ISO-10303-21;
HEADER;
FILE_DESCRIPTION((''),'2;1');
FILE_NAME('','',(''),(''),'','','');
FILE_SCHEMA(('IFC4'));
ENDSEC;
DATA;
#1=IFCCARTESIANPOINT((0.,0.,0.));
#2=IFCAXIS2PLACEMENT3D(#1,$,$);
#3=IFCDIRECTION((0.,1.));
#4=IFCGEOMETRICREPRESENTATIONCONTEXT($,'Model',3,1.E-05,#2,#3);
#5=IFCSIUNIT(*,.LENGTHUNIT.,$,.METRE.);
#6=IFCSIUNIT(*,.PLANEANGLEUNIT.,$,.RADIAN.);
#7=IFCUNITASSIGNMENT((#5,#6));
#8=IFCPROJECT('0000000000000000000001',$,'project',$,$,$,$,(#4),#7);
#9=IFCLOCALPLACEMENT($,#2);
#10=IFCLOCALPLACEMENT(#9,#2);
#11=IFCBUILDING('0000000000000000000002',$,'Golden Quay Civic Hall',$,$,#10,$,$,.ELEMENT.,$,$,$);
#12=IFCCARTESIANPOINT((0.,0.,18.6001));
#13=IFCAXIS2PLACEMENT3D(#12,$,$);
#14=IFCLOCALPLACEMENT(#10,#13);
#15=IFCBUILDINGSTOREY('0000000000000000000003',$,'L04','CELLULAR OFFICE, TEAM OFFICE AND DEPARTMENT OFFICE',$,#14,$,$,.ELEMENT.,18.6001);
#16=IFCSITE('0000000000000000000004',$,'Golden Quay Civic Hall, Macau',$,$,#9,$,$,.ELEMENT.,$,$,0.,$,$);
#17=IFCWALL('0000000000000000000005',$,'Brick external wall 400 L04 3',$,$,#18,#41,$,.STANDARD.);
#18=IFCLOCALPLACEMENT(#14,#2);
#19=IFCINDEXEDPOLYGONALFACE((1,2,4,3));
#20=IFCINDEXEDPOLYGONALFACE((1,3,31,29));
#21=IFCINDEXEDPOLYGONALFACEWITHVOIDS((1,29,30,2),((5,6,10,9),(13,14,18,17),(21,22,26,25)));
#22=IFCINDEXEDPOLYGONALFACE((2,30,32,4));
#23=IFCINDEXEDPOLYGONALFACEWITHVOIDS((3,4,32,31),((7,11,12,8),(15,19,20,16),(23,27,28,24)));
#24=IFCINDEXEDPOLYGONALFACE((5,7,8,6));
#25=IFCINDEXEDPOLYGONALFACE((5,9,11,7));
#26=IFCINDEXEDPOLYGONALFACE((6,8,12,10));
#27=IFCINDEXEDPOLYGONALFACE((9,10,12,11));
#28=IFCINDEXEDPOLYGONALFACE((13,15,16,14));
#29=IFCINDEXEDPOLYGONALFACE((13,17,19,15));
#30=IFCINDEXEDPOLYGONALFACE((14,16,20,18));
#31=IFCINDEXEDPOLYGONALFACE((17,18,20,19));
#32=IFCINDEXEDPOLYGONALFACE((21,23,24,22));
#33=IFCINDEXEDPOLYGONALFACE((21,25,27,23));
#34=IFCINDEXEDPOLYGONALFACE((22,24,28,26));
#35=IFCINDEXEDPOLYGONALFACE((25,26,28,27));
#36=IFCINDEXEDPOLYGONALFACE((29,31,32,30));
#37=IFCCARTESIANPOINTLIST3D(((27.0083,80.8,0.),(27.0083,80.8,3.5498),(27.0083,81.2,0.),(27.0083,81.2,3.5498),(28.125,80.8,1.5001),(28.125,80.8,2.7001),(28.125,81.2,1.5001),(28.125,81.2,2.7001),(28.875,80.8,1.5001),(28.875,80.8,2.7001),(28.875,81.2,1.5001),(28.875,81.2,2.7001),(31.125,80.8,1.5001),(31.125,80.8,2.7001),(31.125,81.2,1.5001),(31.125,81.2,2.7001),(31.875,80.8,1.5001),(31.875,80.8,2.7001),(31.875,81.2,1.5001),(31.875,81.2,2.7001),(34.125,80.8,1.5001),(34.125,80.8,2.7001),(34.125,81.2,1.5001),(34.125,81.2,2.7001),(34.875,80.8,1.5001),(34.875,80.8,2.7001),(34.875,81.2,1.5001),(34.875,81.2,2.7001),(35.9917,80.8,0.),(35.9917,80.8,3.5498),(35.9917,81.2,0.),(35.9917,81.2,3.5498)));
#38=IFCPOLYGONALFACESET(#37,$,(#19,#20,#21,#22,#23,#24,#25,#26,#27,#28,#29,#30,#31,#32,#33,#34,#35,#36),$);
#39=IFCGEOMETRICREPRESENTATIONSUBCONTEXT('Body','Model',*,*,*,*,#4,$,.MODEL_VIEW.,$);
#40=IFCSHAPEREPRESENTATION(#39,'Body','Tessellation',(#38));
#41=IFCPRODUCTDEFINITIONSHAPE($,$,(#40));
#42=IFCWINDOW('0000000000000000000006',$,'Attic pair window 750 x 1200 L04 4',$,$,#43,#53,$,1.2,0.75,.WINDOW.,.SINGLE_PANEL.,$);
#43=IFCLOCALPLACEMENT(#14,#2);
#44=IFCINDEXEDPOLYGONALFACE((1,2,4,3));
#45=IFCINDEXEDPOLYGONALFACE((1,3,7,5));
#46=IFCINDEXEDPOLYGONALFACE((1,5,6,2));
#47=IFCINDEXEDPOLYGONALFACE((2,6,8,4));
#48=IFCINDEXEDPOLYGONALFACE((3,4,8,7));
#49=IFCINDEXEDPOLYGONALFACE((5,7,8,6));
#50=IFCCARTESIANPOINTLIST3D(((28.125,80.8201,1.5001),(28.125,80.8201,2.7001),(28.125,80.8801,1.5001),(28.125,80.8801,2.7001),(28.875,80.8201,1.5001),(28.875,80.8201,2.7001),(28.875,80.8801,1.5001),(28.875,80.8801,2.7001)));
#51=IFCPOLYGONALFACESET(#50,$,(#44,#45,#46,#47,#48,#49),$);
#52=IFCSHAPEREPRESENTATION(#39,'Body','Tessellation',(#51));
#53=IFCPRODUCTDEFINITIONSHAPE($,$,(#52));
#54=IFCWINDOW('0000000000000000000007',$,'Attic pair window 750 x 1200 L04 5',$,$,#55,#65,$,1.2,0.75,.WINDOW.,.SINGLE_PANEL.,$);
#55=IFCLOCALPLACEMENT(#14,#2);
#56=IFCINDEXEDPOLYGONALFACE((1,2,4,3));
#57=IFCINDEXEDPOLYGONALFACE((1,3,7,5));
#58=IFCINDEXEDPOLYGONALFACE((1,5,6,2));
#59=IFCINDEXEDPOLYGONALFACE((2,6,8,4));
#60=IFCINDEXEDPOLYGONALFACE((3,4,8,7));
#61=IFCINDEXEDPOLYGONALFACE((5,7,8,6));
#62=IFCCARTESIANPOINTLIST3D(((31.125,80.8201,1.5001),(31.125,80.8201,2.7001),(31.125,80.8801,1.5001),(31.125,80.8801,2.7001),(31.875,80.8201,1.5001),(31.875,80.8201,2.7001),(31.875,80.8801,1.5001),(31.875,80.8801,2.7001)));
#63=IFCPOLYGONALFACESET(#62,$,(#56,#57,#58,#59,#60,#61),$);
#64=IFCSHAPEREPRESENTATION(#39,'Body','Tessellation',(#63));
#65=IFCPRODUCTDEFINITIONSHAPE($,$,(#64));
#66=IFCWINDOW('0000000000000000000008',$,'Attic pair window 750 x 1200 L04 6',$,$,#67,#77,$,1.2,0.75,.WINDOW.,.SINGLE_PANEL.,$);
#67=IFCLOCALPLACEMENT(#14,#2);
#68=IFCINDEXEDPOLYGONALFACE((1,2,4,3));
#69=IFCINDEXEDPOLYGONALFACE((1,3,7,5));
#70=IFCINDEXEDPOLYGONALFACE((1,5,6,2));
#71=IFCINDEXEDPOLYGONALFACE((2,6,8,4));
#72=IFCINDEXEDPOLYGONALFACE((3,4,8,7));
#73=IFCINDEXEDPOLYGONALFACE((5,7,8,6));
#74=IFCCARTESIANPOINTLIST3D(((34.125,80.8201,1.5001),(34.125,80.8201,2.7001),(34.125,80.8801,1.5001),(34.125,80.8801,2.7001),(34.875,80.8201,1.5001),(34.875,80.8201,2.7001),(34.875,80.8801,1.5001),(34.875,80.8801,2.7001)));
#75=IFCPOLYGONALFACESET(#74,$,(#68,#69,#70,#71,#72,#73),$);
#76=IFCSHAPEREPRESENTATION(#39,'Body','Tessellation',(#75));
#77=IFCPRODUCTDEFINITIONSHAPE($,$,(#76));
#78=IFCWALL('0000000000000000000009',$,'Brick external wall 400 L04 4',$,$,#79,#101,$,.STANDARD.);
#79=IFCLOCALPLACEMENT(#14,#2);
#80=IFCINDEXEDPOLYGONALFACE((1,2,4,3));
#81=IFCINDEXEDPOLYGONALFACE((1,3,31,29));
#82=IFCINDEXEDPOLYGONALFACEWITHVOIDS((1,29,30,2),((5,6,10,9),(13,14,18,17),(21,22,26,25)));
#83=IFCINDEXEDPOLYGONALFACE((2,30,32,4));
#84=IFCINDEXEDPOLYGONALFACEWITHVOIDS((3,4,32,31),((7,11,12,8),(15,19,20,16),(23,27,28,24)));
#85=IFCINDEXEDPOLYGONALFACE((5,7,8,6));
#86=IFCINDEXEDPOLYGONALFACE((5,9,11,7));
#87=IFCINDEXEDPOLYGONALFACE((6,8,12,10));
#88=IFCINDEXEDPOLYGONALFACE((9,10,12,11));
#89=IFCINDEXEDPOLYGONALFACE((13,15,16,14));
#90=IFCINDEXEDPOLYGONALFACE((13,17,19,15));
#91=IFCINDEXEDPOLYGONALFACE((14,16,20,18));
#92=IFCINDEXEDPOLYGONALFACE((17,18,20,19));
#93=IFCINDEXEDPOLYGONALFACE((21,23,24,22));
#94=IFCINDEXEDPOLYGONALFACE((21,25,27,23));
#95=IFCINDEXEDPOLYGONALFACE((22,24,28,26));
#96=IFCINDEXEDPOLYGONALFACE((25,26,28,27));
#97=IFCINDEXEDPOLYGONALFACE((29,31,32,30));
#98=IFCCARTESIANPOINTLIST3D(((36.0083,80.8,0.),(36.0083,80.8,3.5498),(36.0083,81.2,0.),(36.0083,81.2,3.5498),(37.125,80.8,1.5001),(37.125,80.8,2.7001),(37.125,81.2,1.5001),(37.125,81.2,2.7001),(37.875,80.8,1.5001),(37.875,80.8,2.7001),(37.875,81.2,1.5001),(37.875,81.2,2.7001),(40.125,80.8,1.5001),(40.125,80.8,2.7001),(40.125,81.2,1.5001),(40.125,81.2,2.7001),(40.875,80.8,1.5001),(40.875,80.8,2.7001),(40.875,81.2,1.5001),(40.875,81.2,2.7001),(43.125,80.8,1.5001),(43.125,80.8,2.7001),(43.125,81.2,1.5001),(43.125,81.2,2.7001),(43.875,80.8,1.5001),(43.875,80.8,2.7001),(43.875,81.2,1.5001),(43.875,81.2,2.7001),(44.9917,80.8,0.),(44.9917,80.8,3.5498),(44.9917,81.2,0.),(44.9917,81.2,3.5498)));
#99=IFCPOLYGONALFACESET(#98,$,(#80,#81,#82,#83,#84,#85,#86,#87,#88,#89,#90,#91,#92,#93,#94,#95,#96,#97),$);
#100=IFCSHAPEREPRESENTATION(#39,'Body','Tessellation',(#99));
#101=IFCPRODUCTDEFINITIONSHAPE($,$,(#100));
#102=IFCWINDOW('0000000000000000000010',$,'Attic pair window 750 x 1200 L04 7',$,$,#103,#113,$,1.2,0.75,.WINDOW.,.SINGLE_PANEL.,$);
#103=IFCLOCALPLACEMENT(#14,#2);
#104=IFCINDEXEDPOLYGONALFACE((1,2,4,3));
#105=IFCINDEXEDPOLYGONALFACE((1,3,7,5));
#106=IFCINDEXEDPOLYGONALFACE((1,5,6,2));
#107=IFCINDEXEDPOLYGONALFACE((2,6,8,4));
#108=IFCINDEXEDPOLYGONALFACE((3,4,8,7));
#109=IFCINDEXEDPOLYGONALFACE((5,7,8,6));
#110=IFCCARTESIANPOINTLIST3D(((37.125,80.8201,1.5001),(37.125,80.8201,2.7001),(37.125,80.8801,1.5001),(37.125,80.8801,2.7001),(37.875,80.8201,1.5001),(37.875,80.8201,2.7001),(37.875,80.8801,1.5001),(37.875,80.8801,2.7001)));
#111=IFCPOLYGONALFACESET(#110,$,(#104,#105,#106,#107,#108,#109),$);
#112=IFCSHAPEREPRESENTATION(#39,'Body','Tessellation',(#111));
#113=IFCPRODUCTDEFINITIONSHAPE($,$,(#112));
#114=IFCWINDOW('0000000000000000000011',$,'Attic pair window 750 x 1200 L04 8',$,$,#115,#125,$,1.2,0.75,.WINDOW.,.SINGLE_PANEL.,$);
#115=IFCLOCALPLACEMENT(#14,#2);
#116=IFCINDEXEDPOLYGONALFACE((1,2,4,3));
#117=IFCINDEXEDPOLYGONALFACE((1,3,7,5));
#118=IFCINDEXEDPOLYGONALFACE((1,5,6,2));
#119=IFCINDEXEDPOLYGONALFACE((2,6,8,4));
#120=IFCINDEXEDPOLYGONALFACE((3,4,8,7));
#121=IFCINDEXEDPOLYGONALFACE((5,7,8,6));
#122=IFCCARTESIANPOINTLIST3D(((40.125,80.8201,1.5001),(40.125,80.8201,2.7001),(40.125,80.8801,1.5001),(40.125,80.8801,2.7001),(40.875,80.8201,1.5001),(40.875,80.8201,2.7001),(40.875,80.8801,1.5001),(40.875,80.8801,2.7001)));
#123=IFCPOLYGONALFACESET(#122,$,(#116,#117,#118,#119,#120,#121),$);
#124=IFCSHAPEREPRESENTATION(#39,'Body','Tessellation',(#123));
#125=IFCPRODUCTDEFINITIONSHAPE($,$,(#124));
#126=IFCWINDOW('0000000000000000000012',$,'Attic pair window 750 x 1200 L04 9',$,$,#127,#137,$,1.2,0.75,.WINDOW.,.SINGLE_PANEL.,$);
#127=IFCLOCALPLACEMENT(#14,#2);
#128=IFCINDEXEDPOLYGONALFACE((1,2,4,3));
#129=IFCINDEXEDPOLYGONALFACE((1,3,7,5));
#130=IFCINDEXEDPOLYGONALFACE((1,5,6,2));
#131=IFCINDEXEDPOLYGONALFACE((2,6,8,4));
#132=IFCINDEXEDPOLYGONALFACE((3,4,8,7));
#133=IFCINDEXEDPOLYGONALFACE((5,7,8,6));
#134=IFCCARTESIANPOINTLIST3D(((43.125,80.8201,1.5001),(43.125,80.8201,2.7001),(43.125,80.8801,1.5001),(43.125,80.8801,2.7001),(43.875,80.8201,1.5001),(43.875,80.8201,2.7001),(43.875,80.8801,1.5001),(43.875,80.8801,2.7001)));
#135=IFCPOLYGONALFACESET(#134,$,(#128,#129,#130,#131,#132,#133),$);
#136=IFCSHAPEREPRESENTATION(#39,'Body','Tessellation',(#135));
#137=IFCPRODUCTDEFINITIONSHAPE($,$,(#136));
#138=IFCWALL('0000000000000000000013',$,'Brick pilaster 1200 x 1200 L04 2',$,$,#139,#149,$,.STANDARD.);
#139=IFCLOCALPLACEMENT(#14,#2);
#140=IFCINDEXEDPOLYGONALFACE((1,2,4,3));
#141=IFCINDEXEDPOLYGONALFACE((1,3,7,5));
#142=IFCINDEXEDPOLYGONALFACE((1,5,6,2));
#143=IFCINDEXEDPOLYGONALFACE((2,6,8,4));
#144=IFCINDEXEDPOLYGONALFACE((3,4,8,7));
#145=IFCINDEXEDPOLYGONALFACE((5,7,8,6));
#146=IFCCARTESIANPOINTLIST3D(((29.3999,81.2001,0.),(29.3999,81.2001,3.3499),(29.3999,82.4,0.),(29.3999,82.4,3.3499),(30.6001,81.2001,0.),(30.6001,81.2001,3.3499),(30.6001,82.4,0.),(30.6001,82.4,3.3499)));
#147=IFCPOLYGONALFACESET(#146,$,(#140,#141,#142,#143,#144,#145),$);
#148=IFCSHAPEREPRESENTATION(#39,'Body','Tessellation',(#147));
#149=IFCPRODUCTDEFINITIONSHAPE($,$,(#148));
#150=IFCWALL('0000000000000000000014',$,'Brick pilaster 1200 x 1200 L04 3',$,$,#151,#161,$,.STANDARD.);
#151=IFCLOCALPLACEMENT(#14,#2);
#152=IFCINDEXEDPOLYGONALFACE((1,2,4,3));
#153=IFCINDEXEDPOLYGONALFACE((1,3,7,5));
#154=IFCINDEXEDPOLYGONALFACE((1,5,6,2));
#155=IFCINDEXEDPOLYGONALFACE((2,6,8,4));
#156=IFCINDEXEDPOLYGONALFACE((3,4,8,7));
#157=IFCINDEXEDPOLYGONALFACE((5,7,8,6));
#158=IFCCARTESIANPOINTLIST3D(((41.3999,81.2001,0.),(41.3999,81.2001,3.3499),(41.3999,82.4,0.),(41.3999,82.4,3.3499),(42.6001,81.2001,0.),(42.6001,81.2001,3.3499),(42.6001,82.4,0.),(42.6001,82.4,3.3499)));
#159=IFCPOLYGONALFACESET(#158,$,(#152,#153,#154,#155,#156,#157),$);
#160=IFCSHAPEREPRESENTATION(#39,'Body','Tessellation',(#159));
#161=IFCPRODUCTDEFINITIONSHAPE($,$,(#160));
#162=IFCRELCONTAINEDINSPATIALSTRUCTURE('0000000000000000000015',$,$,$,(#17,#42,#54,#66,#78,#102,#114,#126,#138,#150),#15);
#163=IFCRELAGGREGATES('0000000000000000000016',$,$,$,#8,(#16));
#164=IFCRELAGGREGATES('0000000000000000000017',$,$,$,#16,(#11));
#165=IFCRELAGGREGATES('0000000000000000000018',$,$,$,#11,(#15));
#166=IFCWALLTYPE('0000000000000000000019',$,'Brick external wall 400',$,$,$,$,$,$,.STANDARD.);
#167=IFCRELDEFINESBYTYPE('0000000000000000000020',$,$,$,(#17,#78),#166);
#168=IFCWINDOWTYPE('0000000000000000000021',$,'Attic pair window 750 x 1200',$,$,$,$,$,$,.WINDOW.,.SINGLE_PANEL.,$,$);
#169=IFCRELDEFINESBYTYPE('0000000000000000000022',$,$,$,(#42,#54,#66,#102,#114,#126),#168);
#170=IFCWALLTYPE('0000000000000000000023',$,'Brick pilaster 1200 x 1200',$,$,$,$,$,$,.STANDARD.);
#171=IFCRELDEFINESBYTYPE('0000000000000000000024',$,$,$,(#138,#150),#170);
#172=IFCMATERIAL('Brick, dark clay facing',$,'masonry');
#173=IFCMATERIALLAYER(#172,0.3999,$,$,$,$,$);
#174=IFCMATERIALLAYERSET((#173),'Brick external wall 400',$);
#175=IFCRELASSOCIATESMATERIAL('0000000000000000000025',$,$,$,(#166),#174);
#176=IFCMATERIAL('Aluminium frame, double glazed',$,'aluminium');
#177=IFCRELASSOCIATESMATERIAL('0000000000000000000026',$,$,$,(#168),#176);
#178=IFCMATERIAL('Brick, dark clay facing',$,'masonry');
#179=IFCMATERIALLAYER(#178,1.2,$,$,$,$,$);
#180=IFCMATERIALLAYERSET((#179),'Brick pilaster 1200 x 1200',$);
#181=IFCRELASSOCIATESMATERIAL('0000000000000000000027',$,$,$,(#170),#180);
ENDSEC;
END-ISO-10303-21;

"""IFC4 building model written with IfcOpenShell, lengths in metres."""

from ifc_helpers import new_model, si_unit, direction, frame, frame_2d, origin, place, context, subcontext, project, spatial, rectangle, extrude, material, layer, layer_set, type_object, element, fill, save


model = new_model("IFC4")

# Units and contexts
model_context = context("Model", 3, precision=1e-05, world=origin(), true_north=direction((0.0, 1.0)))
body_context = subcontext(model_context, "Body", "Model", "MODEL_VIEW")
ifc_project = project(units=[si_unit("LENGTHUNIT", "METRE"), si_unit("PLANEANGLEUNIT", "RADIAN")], contexts=[model_context])

# Site, building, storey
site_placement = place(None, origin())
site = spatial("IfcSite", under=ifc_project, at=site_placement, Name="Golden Quay Civic Hall, Macau", CompositionType="ELEMENT", RefElevation=0.0)
building_placement = place(site_placement, origin())
building = spatial("IfcBuilding", under=site, at=building_placement, Name="Golden Quay Civic Hall", CompositionType="ELEMENT")
storey_placement = place(building_placement, frame((0.0, 0.0, 18.6001)))
storey = spatial("IfcBuildingStorey", under=building, at=storey_placement, Name="L04", Description="CELLULAR OFFICE, TEAM OFFICE AND DEPARTMENT OFFICE", CompositionType="ELEMENT", Elevation=18.6001)

# Walls, openings, windows
ifc_material_1 = material(Name="Brick, dark clay facing", Category="masonry")
ifc_layer_1 = layer(ifc_material_1, 0.3999)
ifc_layer_set_1 = layer_set([ifc_layer_1], Name="Brick external wall 400")
wall_type_1 = type_object("IfcWallType", Name="Brick external wall 400", PredefinedType="STANDARD", material=ifc_layer_set_1)
wall_1_placement = place(storey_placement, frame((27.0083, 81.0, 0.0), z_axis=(0.0, 0.0, 1.0), x_axis=(1.0, 0.0, 0.0)))
wall_1 = element("IfcWall", 1, at=wall_1_placement, inside=storey, type_object=wall_type_1, Name="Brick external wall 400 L04 3", PredefinedType="STANDARD", context=body_context, shape_type="SweptSolid", body=[
    extrude(rectangle(XDim=8.9834, YDim=0.3999, at=frame_2d((4.4917, 0.0))), origin(), (0.0, 0.0, 1.0), 3.5498),
])
opening_1_placement = place(wall_1_placement, frame((1.1167, 0.0, 1.5)))
opening_1 = element("IfcOpeningElement", 2, at=opening_1_placement, cuts=wall_1, PredefinedType="OPENING", context=body_context, shape_type="SweptSolid", body=[
    extrude(rectangle(XDim=0.75, YDim=1.2, at=frame_2d((0.375, 0.6001))), frame((0.0, 0.21, 0.0), z_axis=(0.0, -1.0, 0.0), x_axis=(1.0, 0.0, 0.0)), (0.0, 0.0, 1.0), 0.4199),
])
opening_2_placement = place(wall_1_placement, frame((4.1167, 0.0, 1.5)))
opening_2 = element("IfcOpeningElement", 3, at=opening_2_placement, cuts=wall_1, PredefinedType="OPENING", context=body_context, shape_type="SweptSolid", body=[
    extrude(rectangle(XDim=0.75, YDim=1.2, at=frame_2d((0.375, 0.6001))), frame((0.0, 0.21, 0.0), z_axis=(0.0, -1.0, 0.0), x_axis=(1.0, 0.0, 0.0)), (0.0, 0.0, 1.0), 0.4199),
])
opening_3_placement = place(wall_1_placement, frame((7.1167, 0.0, 1.5)))
opening_3 = element("IfcOpeningElement", 4, at=opening_3_placement, cuts=wall_1, PredefinedType="OPENING", context=body_context, shape_type="SweptSolid", body=[
    extrude(rectangle(XDim=0.75, YDim=1.2, at=frame_2d((0.375, 0.6001))), frame((0.0, 0.21, 0.0), z_axis=(0.0, -1.0, 0.0), x_axis=(1.0, 0.0, 0.0)), (0.0, 0.0, 1.0), 0.4199),
])
ifc_material_2 = material(Name="Aluminium frame, double glazed", Category="aluminium")
window_type = type_object("IfcWindowType", Name="Attic pair window 750 x 1200", PartitioningType="SINGLE_PANEL", PredefinedType="WINDOW", material=ifc_material_2)
window_1_placement = place(opening_1_placement, origin())
window_1 = element("IfcWindow", 5, at=window_1_placement, inside=storey, type_object=window_type, Name="Attic pair window 750 x 1200 L04 4", OverallHeight=1.2, OverallWidth=0.75, PartitioningType="SINGLE_PANEL", PredefinedType="WINDOW", context=body_context, shape_type="SweptSolid", body=[
    extrude(rectangle(XDim=0.75, YDim=1.2, at=frame_2d((0.375, 0.6001))), frame((0.0, -0.1199, 0.0), z_axis=(0.0, -1.0, 0.0), x_axis=(1.0, 0.0, 0.0)), (0.0, 0.0, 1.0), 0.0601),
])
fill(opening_1, window_1)
window_2_placement = place(opening_2_placement, origin())
window_2 = element("IfcWindow", 6, at=window_2_placement, inside=storey, type_object=window_type, Name="Attic pair window 750 x 1200 L04 5", OverallHeight=1.2, OverallWidth=0.75, PartitioningType="SINGLE_PANEL", PredefinedType="WINDOW", context=body_context, shape_type="SweptSolid", body=[
    extrude(rectangle(XDim=0.75, YDim=1.2, at=frame_2d((0.375, 0.6001))), frame((0.0, -0.1199, 0.0), z_axis=(0.0, -1.0, 0.0), x_axis=(1.0, 0.0, 0.0)), (0.0, 0.0, 1.0), 0.0601),
])
fill(opening_2, window_2)
window_3_placement = place(opening_3_placement, origin())
window_3 = element("IfcWindow", 7, at=window_3_placement, inside=storey, type_object=window_type, Name="Attic pair window 750 x 1200 L04 6", OverallHeight=1.2, OverallWidth=0.75, PartitioningType="SINGLE_PANEL", PredefinedType="WINDOW", context=body_context, shape_type="SweptSolid", body=[
    extrude(rectangle(XDim=0.75, YDim=1.2, at=frame_2d((0.375, 0.6001))), frame((0.0, -0.1199, 0.0), z_axis=(0.0, -1.0, 0.0), x_axis=(1.0, 0.0, 0.0)), (0.0, 0.0, 1.0), 0.0601),
])
fill(opening_3, window_3)
wall_2_placement = place(storey_placement, frame((36.0083, 81.0, 0.0), z_axis=(0.0, 0.0, 1.0), x_axis=(1.0, 0.0, 0.0)))
wall_2 = element("IfcWall", 8, at=wall_2_placement, inside=storey, type_object=wall_type_1, Name="Brick external wall 400 L04 4", PredefinedType="STANDARD", context=body_context, shape_type="SweptSolid", body=[
    extrude(rectangle(XDim=8.9834, YDim=0.3999, at=frame_2d((4.4917, 0.0))), origin(), (0.0, 0.0, 1.0), 3.5498),
])
opening_4_placement = place(wall_2_placement, frame((1.1167, 0.0, 1.5)))
opening_4 = element("IfcOpeningElement", 9, at=opening_4_placement, cuts=wall_2, PredefinedType="OPENING", context=body_context, shape_type="SweptSolid", body=[
    extrude(rectangle(XDim=0.75, YDim=1.2, at=frame_2d((0.375, 0.6001))), frame((0.0, 0.21, 0.0), z_axis=(0.0, -1.0, 0.0), x_axis=(1.0, 0.0, 0.0)), (0.0, 0.0, 1.0), 0.4199),
])
opening_5_placement = place(wall_2_placement, frame((4.1167, 0.0, 1.5)))
opening_5 = element("IfcOpeningElement", 10, at=opening_5_placement, cuts=wall_2, PredefinedType="OPENING", context=body_context, shape_type="SweptSolid", body=[
    extrude(rectangle(XDim=0.75, YDim=1.2, at=frame_2d((0.375, 0.6001))), frame((0.0, 0.21, 0.0), z_axis=(0.0, -1.0, 0.0), x_axis=(1.0, 0.0, 0.0)), (0.0, 0.0, 1.0), 0.4199),
])
opening_6_placement = place(wall_2_placement, frame((7.1167, 0.0, 1.5)))
opening_6 = element("IfcOpeningElement", 11, at=opening_6_placement, cuts=wall_2, PredefinedType="OPENING", context=body_context, shape_type="SweptSolid", body=[
    extrude(rectangle(XDim=0.75, YDim=1.2, at=frame_2d((0.375, 0.6001))), frame((0.0, 0.21, 0.0), z_axis=(0.0, -1.0, 0.0), x_axis=(1.0, 0.0, 0.0)), (0.0, 0.0, 1.0), 0.4199),
])
window_4_placement = place(opening_4_placement, origin())
window_4 = element("IfcWindow", 12, at=window_4_placement, inside=storey, type_object=window_type, Name="Attic pair window 750 x 1200 L04 7", OverallHeight=1.2, OverallWidth=0.75, PartitioningType="SINGLE_PANEL", PredefinedType="WINDOW", context=body_context, shape_type="SweptSolid", body=[
    extrude(rectangle(XDim=0.75, YDim=1.2, at=frame_2d((0.375, 0.6001))), frame((0.0, -0.1199, 0.0), z_axis=(0.0, -1.0, 0.0), x_axis=(1.0, 0.0, 0.0)), (0.0, 0.0, 1.0), 0.0601),
])
fill(opening_4, window_4)
window_5_placement = place(opening_5_placement, origin())
window_5 = element("IfcWindow", 13, at=window_5_placement, inside=storey, type_object=window_type, Name="Attic pair window 750 x 1200 L04 8", OverallHeight=1.2, OverallWidth=0.75, PartitioningType="SINGLE_PANEL", PredefinedType="WINDOW", context=body_context, shape_type="SweptSolid", body=[
    extrude(rectangle(XDim=0.75, YDim=1.2, at=frame_2d((0.375, 0.6001))), frame((0.0, -0.1199, 0.0), z_axis=(0.0, -1.0, 0.0), x_axis=(1.0, 0.0, 0.0)), (0.0, 0.0, 1.0), 0.0601),
])
fill(opening_5, window_5)
window_6_placement = place(opening_6_placement, origin())
window_6 = element("IfcWindow", 14, at=window_6_placement, inside=storey, type_object=window_type, Name="Attic pair window 750 x 1200 L04 9", OverallHeight=1.2, OverallWidth=0.75, PartitioningType="SINGLE_PANEL", PredefinedType="WINDOW", context=body_context, shape_type="SweptSolid", body=[
    extrude(rectangle(XDim=0.75, YDim=1.2, at=frame_2d((0.375, 0.6001))), frame((0.0, -0.1199, 0.0), z_axis=(0.0, -1.0, 0.0), x_axis=(1.0, 0.0, 0.0)), (0.0, 0.0, 1.0), 0.0601),
])
fill(opening_6, window_6)

# Walls
ifc_material_3 = material(Name="Brick, dark clay facing", Category="masonry")
ifc_layer_2 = layer(ifc_material_3, 1.2)
ifc_layer_set_2 = layer_set([ifc_layer_2], Name="Brick pilaster 1200 x 1200")
wall_type_2 = type_object("IfcWallType", Name="Brick pilaster 1200 x 1200", PredefinedType="STANDARD", material=ifc_layer_set_2)
for number, where, z_axis, x_axis, name in (
    (15, (29.3999, 81.8, 0.0), (0.0, 0.0, 1.0), (1.0, 0.0, 0.0), "Brick pilaster 1200 x 1200 L04 2"),
    (16, (41.3999, 81.8, 0.0), (0.0, 0.0, 1.0), (1.0, 0.0, 0.0), "Brick pilaster 1200 x 1200 L04 3"),
):
    element("IfcWall", number, at=place(storey_placement, frame(where, z_axis=z_axis, x_axis=x_axis)), inside=storey, type_object=wall_type_2, Name=name, PredefinedType="STANDARD", context=body_context, shape_type="SweptSolid", body=[
        extrude(rectangle(XDim=1.2002, YDim=1.2, at=frame_2d((0.6001, 0.0))), origin(), (0.0, 0.0, 1.0), 3.3499),
    ])

save(model, "model.ifc")
